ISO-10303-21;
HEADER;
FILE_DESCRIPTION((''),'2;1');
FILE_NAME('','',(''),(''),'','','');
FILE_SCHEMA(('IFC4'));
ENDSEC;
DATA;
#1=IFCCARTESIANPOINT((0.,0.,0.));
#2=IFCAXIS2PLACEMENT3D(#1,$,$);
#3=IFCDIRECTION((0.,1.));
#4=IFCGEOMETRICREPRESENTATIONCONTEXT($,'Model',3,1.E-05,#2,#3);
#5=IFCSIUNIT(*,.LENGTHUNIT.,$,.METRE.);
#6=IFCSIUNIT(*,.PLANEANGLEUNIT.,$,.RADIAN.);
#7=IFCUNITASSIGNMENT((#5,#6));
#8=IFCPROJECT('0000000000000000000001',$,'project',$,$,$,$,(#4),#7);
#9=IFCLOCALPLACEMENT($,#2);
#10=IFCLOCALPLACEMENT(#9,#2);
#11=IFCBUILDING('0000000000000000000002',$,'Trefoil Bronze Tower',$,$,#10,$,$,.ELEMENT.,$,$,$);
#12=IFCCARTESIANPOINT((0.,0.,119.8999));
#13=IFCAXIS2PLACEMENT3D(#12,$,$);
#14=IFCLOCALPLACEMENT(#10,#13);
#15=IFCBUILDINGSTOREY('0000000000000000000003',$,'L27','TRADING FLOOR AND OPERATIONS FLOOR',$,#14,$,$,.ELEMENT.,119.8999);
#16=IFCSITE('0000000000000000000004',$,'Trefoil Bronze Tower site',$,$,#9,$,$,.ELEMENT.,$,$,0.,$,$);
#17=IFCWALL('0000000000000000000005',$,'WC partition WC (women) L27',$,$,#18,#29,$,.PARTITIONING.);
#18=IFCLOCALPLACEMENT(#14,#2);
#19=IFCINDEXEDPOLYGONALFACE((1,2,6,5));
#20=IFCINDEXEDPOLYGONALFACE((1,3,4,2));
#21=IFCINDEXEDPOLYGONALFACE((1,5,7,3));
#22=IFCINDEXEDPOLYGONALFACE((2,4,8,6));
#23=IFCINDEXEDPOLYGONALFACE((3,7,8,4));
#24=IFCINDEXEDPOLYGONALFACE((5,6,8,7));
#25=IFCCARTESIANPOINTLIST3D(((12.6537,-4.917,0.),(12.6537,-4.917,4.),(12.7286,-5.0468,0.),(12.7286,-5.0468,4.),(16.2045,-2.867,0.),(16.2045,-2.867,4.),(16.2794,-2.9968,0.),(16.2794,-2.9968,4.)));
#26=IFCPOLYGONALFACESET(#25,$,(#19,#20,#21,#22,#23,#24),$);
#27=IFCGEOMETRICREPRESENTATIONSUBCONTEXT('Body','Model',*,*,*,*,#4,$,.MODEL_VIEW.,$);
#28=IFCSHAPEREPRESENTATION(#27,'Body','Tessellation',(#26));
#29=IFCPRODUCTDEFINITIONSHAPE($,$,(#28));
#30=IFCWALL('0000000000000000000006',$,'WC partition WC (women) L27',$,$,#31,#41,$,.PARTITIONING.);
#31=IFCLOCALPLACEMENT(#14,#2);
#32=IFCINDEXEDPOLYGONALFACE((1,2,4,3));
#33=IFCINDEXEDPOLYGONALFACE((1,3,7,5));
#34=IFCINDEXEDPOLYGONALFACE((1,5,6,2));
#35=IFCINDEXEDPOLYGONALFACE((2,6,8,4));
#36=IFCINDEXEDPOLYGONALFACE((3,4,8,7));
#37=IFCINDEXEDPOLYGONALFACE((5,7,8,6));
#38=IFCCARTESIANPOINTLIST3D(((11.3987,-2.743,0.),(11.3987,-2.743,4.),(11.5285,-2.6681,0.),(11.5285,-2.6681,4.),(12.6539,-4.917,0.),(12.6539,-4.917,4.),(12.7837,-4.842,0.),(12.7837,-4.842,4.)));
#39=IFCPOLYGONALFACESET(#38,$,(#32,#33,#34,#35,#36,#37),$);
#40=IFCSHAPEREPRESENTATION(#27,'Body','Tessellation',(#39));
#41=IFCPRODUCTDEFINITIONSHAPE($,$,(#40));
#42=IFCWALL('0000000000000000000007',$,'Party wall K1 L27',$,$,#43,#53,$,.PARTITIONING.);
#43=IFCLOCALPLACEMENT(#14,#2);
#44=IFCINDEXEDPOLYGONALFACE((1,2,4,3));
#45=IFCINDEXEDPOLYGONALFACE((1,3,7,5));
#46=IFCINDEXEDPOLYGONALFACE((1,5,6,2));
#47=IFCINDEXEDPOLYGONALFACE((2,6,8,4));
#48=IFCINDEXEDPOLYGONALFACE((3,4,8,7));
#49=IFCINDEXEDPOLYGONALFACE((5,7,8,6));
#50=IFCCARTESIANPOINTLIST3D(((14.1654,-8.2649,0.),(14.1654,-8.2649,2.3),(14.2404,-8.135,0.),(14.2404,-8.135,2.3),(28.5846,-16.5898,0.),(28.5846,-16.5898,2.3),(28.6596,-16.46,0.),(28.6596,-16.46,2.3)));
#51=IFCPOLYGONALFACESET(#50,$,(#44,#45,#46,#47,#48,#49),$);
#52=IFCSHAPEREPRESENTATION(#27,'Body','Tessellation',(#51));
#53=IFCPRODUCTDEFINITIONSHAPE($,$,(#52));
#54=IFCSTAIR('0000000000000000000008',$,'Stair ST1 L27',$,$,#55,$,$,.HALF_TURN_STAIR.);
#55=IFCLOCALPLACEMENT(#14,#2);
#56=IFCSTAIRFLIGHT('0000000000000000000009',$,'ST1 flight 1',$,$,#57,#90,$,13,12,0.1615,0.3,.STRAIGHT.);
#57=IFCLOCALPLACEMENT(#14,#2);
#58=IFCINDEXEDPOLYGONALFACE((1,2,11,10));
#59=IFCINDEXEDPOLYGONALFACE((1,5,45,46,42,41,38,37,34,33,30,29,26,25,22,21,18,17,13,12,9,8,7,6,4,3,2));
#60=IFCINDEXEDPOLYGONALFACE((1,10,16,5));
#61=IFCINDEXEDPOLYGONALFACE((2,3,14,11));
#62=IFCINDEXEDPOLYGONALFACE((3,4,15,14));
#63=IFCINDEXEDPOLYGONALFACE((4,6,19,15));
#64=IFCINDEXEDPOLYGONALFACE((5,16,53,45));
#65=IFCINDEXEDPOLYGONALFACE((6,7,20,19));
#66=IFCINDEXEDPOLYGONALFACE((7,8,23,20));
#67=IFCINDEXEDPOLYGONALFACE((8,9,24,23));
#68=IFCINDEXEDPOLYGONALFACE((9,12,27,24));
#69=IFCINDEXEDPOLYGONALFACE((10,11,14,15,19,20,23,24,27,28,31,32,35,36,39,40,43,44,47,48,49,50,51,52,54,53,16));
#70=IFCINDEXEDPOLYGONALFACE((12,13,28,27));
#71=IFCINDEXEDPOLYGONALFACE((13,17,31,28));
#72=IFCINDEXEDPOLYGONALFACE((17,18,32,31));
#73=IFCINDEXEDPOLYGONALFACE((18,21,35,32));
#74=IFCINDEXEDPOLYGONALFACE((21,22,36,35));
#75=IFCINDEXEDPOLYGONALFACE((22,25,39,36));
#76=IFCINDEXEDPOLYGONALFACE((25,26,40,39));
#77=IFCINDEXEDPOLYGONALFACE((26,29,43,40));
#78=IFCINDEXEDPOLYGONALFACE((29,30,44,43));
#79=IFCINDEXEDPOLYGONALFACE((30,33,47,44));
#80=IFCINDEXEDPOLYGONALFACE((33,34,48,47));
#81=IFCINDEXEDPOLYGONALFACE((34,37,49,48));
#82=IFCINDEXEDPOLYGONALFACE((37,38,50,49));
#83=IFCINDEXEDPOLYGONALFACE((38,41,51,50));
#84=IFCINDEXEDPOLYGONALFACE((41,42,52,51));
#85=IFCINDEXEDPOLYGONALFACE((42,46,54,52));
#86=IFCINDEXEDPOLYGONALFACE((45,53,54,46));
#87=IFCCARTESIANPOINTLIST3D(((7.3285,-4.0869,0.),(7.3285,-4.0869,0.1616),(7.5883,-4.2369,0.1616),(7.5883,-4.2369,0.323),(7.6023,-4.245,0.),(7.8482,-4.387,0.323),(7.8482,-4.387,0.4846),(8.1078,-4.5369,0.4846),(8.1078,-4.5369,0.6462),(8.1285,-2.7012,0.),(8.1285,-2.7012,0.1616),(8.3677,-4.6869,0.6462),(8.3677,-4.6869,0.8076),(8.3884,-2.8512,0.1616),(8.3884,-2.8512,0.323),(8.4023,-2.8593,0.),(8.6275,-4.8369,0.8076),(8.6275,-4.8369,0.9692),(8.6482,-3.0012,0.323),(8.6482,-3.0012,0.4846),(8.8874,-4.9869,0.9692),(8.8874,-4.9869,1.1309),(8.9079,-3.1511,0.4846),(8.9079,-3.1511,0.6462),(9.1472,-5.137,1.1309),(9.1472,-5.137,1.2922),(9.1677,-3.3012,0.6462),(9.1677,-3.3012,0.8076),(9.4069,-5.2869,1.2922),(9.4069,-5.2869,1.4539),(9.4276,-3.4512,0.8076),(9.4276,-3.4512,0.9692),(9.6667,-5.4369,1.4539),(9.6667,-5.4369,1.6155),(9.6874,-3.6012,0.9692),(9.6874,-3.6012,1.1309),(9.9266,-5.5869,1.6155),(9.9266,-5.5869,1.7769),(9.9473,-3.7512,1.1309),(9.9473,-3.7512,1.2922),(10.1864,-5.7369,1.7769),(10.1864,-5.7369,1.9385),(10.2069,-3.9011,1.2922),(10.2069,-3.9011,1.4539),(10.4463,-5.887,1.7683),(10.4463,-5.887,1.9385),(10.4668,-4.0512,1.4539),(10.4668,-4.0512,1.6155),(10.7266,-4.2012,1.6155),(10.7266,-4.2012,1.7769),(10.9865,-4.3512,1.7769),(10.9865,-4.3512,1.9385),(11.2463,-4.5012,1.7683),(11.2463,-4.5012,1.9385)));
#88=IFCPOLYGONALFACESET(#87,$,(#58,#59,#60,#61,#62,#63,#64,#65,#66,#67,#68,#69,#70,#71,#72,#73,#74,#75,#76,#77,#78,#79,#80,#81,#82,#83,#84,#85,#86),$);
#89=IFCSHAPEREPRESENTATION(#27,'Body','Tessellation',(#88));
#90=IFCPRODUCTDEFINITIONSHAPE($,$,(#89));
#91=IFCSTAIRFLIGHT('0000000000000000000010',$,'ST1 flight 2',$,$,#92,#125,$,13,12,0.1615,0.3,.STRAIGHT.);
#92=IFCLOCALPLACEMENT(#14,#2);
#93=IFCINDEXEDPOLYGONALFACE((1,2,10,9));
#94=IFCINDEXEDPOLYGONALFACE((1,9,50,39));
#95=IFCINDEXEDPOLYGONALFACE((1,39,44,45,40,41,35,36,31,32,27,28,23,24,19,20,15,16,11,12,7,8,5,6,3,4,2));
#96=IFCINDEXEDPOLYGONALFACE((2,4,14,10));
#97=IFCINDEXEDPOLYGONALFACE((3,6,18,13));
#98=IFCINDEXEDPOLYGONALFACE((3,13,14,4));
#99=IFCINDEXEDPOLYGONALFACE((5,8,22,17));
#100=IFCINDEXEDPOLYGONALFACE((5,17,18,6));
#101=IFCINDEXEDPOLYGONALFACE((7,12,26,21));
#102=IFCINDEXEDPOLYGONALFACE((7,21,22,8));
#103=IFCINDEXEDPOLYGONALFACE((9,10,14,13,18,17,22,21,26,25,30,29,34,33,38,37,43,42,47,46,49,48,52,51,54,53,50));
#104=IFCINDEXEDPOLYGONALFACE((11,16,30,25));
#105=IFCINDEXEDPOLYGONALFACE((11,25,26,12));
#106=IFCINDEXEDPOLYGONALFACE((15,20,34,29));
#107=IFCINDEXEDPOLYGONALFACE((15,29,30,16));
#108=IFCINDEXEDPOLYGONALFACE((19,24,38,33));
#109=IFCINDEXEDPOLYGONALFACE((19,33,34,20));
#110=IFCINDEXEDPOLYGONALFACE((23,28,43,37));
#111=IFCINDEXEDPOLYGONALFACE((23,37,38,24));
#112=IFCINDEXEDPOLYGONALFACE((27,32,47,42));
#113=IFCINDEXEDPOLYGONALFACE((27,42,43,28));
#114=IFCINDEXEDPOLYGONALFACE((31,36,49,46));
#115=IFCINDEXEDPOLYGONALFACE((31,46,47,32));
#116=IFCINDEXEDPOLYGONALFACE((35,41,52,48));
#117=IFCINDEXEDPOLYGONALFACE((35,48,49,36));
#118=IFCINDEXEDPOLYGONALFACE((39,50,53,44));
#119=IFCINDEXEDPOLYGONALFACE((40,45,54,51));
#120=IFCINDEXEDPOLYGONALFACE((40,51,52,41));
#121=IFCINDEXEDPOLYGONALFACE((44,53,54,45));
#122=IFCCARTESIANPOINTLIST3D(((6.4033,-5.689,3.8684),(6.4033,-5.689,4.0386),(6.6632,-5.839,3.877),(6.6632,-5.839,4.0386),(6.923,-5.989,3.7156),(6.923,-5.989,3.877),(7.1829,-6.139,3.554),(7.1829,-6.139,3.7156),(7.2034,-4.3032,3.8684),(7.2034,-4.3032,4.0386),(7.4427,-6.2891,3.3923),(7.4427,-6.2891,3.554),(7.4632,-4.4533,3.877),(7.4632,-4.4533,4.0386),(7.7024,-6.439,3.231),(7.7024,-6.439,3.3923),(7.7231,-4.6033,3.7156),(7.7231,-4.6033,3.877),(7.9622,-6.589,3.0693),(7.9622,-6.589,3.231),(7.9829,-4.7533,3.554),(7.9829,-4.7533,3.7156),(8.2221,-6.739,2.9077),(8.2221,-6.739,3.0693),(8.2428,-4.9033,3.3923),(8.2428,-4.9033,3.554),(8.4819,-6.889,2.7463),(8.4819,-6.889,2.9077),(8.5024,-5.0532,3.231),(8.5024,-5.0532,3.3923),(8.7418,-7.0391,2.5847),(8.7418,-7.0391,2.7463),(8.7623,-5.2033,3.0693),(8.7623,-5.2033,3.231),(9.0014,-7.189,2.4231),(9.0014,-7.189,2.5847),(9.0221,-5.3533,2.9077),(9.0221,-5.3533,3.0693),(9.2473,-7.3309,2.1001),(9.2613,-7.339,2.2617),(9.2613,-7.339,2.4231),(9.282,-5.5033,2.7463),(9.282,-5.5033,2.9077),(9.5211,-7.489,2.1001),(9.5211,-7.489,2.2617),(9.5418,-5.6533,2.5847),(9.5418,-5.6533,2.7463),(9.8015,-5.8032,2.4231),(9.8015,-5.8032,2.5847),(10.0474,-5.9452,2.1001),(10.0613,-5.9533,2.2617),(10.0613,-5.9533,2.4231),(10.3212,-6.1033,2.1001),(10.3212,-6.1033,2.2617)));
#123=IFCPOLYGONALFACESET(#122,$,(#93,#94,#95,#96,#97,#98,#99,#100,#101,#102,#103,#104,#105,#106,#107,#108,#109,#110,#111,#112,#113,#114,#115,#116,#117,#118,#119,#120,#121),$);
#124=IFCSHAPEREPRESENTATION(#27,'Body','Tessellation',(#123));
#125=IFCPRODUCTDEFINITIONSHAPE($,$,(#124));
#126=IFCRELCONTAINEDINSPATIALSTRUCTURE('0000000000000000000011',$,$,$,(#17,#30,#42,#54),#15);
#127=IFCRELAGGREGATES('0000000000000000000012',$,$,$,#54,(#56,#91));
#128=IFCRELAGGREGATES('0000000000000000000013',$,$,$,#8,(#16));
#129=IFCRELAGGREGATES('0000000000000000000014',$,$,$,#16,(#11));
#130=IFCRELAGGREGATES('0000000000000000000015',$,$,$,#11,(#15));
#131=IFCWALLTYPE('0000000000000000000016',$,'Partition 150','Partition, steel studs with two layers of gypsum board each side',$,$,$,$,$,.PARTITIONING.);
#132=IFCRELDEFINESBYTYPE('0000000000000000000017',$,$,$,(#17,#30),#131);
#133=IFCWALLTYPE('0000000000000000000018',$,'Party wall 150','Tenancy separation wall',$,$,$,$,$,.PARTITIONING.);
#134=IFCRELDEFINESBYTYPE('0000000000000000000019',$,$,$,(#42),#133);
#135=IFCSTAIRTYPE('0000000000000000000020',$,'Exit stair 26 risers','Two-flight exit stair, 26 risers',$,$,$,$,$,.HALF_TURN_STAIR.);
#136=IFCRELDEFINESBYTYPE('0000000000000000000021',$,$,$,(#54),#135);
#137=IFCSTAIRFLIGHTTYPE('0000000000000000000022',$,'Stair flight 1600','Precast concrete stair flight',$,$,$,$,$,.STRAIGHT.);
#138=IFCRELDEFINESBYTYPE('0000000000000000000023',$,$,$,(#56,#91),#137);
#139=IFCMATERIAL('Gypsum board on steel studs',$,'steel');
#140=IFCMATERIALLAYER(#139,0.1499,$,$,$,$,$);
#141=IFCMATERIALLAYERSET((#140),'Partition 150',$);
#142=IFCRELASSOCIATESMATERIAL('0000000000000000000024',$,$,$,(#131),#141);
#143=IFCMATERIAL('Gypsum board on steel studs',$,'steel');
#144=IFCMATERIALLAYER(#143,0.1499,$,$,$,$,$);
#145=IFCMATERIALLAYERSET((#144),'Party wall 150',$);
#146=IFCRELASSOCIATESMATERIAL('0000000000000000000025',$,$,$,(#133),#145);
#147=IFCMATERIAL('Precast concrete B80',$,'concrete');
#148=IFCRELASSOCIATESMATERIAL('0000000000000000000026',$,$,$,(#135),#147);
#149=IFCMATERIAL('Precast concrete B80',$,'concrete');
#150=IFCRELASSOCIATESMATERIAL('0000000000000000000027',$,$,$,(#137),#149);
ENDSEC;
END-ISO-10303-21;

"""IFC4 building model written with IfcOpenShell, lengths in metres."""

from ifc_helpers import new_model, si_unit, direction, frame, frame_2d, origin, place, context, subcontext, project, spatial, polyline, rectangle, outline, extrude, material, layer, layer_set, type_object, element, aggregate, save


model = new_model("IFC4")

# Units and contexts
model_context = context("Model", 3, precision=1e-05, world=origin(), true_north=direction((0.0, 1.0)))
body_context = subcontext(model_context, "Body", "Model", "MODEL_VIEW")
ifc_project = project(units=[si_unit("LENGTHUNIT", "METRE"), si_unit("PLANEANGLEUNIT", "RADIAN")], contexts=[model_context])

# Site, building, storey
site_placement = place(None, origin())
site = spatial("IfcSite", under=ifc_project, at=site_placement, Name="Trefoil Bronze Tower site", CompositionType="ELEMENT", RefElevation=0.0)
building_placement = place(site_placement, origin())
building = spatial("IfcBuilding", under=site, at=building_placement, Name="Trefoil Bronze Tower", CompositionType="ELEMENT")
storey_placement = place(building_placement, frame((0.0, 0.0, 119.8999)))
storey = spatial("IfcBuildingStorey", under=building, at=storey_placement, Name="L27", Description="TRADING FLOOR AND OPERATIONS FLOOR", CompositionType="ELEMENT", Elevation=119.8999)

# Shared definitions
ifc_material_1 = material(Name="Gypsum board on steel studs", Category="steel")
ifc_layer_1 = layer(ifc_material_1, 0.1499)
ifc_layer_set_1 = layer_set([ifc_layer_1], Name="Partition 150")
wall_type_1 = type_object("IfcWallType", Name="Partition 150", Description="Partition, steel studs with two layers of gypsum board each side", PredefinedType="PARTITIONING", material=ifc_layer_set_1)

# Walls
wall_1_placement = place(storey_placement, frame((12.6912, -4.9819, 0.0), z_axis=(0.0, 0.0, 1.0), x_axis=(0.866025, 0.500001, 0.0)))
element("IfcWall", 1, at=wall_1_placement, inside=storey, type_object=wall_type_1, Name="WC partition WC (women) L27", PredefinedType="PARTITIONING", context=body_context, shape_type="SweptSolid", body=[
    extrude(rectangle(XDim=4.1001, YDim=0.1499, at=frame_2d((2.05, 0.0))), origin(), (0.0, 0.0, 1.0), 4.0),
])
wall_2_placement = place(storey_placement, frame((11.4636, -2.7056, 0.0), z_axis=(0.0, 0.0, 1.0), x_axis=(0.50002, -0.866014, 0.0)))
element("IfcWall", 2, at=wall_2_placement, inside=storey, type_object=wall_type_1, Name="WC partition WC (women) L27", PredefinedType="PARTITIONING", context=body_context, shape_type="SweptSolid", body=[
    extrude(rectangle(XDim=2.5103, YDim=0.1499, at=frame_2d((1.2551, 0.0))), origin(), (0.0, 0.0, 1.0), 4.0),
])
ifc_material_2 = material(Name="Gypsum board on steel studs", Category="steel")
ifc_layer_2 = layer(ifc_material_2, 0.1499)
ifc_layer_set_2 = layer_set([ifc_layer_2], Name="Party wall 150")
wall_type_2 = type_object("IfcWallType", Name="Party wall 150", Description="Tenancy separation wall", PredefinedType="PARTITIONING", material=ifc_layer_set_2)
wall_3_placement = place(storey_placement, frame((14.2029, -8.2, 0.0), z_axis=(0.0, 0.0, 1.0), x_axis=(0.866025, -0.500001, 0.0)))
element("IfcWall", 3, at=wall_3_placement, inside=storey, type_object=wall_type_2, Name="Party wall K1 L27", PredefinedType="PARTITIONING", context=body_context, shape_type="SweptSolid", body=[
    extrude(rectangle(XDim=16.6499, YDim=0.1499, at=frame_2d((8.325, 0.0))), origin(), (0.0, 0.0, 1.0), 2.3),
])

# Stair, stair flights
ifc_material_3 = material(Name="Precast concrete B80", Category="concrete")
stair_type = type_object("IfcStairType", Name="Exit stair 26 risers", Description="Two-flight exit stair, 26 risers", PredefinedType="HALF_TURN_STAIR", material=ifc_material_3)
stair_placement = place(storey_placement, origin())
stair = element("IfcStair", 4, at=stair_placement, inside=storey, type_object=stair_type, Name="Stair ST1 L27", PredefinedType="HALF_TURN_STAIR")
ifc_material_4 = material(Name="Precast concrete B80", Category="concrete")
stair_flight_type = type_object("IfcStairFlightType", Name="Stair flight 1600", Description="Precast concrete stair flight", PredefinedType="STRAIGHT", material=ifc_material_4)
stair_flight_1_placement = place(storey_placement, frame((7.7285, -3.394, 0.0), z_axis=(0.0, 0.0, 1.0), x_axis=(0.866025, -0.5, 0.0)))
stair_flight_1 = element("IfcStairFlight", 5, at=stair_flight_1_placement, type_object=stair_flight_type, Name="ST1 flight 1", NumberOfRisers=13, NumberOfTreads=12, PredefinedType="STRAIGHT", RiserHeight=0.1615, TreadLength=0.3, context=body_context, shape_type="SweptSolid", body=[
    extrude(outline(polyline([(0.0, 0.0), (0.0, 0.1616), (0.3, 0.1616), (0.3, 0.323), (0.6001, 0.323), (0.6001, 0.4846), (0.8999, 0.4846), (0.8999, 0.6462), (1.2, 0.6462), (1.2, 0.8076), (1.5, 0.8076), (1.5, 0.9692), (1.8, 0.9692), (1.8, 1.1309), (2.1001, 1.1309), (2.1001, 1.2922), (2.3999, 1.2922), (2.3999, 1.4539), (2.7, 1.4539), (2.7, 1.6155), (3.0, 1.6155), (3.0, 1.7769), (3.3, 1.7769), (3.3, 1.9385), (3.6001, 1.9385), (3.6001, 2.1001), (3.6001, 1.7683), (0.3162, 0.0), (0.0, 0.0)])), frame((0.0, 0.8, 0.0), z_axis=(0.0, -1.0, 0.0), x_axis=(1.0, 0.0, 0.0)), (0.0, 0.0, 1.0), 1.6001),
])
stair_flight_2_placement = place(storey_placement, frame((9.9211, -6.7961, 2.1001), z_axis=(0.0, 0.0, 1.0), x_axis=(-0.866025, 0.5, 0.0)))
stair_flight_2 = element("IfcStairFlight", 6, at=stair_flight_2_placement, type_object=stair_flight_type, Name="ST1 flight 2", NumberOfRisers=13, NumberOfTreads=12, PredefinedType="STRAIGHT", RiserHeight=0.1615, TreadLength=0.3, context=body_context, shape_type="SweptSolid", body=[
    extrude(outline(polyline([(0.0, 0.0), (0.0, 0.1616), (0.3, 0.1616), (0.3, 0.323), (0.6001, 0.323), (0.6001, 0.4846), (0.8999, 0.4846), (0.8999, 0.6462), (1.2, 0.6462), (1.2, 0.8076), (1.5, 0.8076), (1.5, 0.9692), (1.8, 0.9692), (1.8, 1.1309), (2.1001, 1.1309), (2.1001, 1.2922), (2.3999, 1.2922), (2.3999, 1.4539), (2.7, 1.4539), (2.7, 1.6155), (3.0, 1.6155), (3.0, 1.7769), (3.3, 1.7769), (3.3, 1.9385), (3.6001, 1.9385), (3.6001, 2.1001), (3.6001, 1.7683), (0.3162, 0.0), (0.0, 0.0)])), frame((0.0, 0.8, 0.0), z_axis=(0.0, -1.0, 0.0), x_axis=(1.0, 0.0, 0.0)), (0.0, 0.0, 1.0), 1.6001),
])
aggregate(stair, [stair_flight_1, stair_flight_2])

save(model, "model.ifc")
